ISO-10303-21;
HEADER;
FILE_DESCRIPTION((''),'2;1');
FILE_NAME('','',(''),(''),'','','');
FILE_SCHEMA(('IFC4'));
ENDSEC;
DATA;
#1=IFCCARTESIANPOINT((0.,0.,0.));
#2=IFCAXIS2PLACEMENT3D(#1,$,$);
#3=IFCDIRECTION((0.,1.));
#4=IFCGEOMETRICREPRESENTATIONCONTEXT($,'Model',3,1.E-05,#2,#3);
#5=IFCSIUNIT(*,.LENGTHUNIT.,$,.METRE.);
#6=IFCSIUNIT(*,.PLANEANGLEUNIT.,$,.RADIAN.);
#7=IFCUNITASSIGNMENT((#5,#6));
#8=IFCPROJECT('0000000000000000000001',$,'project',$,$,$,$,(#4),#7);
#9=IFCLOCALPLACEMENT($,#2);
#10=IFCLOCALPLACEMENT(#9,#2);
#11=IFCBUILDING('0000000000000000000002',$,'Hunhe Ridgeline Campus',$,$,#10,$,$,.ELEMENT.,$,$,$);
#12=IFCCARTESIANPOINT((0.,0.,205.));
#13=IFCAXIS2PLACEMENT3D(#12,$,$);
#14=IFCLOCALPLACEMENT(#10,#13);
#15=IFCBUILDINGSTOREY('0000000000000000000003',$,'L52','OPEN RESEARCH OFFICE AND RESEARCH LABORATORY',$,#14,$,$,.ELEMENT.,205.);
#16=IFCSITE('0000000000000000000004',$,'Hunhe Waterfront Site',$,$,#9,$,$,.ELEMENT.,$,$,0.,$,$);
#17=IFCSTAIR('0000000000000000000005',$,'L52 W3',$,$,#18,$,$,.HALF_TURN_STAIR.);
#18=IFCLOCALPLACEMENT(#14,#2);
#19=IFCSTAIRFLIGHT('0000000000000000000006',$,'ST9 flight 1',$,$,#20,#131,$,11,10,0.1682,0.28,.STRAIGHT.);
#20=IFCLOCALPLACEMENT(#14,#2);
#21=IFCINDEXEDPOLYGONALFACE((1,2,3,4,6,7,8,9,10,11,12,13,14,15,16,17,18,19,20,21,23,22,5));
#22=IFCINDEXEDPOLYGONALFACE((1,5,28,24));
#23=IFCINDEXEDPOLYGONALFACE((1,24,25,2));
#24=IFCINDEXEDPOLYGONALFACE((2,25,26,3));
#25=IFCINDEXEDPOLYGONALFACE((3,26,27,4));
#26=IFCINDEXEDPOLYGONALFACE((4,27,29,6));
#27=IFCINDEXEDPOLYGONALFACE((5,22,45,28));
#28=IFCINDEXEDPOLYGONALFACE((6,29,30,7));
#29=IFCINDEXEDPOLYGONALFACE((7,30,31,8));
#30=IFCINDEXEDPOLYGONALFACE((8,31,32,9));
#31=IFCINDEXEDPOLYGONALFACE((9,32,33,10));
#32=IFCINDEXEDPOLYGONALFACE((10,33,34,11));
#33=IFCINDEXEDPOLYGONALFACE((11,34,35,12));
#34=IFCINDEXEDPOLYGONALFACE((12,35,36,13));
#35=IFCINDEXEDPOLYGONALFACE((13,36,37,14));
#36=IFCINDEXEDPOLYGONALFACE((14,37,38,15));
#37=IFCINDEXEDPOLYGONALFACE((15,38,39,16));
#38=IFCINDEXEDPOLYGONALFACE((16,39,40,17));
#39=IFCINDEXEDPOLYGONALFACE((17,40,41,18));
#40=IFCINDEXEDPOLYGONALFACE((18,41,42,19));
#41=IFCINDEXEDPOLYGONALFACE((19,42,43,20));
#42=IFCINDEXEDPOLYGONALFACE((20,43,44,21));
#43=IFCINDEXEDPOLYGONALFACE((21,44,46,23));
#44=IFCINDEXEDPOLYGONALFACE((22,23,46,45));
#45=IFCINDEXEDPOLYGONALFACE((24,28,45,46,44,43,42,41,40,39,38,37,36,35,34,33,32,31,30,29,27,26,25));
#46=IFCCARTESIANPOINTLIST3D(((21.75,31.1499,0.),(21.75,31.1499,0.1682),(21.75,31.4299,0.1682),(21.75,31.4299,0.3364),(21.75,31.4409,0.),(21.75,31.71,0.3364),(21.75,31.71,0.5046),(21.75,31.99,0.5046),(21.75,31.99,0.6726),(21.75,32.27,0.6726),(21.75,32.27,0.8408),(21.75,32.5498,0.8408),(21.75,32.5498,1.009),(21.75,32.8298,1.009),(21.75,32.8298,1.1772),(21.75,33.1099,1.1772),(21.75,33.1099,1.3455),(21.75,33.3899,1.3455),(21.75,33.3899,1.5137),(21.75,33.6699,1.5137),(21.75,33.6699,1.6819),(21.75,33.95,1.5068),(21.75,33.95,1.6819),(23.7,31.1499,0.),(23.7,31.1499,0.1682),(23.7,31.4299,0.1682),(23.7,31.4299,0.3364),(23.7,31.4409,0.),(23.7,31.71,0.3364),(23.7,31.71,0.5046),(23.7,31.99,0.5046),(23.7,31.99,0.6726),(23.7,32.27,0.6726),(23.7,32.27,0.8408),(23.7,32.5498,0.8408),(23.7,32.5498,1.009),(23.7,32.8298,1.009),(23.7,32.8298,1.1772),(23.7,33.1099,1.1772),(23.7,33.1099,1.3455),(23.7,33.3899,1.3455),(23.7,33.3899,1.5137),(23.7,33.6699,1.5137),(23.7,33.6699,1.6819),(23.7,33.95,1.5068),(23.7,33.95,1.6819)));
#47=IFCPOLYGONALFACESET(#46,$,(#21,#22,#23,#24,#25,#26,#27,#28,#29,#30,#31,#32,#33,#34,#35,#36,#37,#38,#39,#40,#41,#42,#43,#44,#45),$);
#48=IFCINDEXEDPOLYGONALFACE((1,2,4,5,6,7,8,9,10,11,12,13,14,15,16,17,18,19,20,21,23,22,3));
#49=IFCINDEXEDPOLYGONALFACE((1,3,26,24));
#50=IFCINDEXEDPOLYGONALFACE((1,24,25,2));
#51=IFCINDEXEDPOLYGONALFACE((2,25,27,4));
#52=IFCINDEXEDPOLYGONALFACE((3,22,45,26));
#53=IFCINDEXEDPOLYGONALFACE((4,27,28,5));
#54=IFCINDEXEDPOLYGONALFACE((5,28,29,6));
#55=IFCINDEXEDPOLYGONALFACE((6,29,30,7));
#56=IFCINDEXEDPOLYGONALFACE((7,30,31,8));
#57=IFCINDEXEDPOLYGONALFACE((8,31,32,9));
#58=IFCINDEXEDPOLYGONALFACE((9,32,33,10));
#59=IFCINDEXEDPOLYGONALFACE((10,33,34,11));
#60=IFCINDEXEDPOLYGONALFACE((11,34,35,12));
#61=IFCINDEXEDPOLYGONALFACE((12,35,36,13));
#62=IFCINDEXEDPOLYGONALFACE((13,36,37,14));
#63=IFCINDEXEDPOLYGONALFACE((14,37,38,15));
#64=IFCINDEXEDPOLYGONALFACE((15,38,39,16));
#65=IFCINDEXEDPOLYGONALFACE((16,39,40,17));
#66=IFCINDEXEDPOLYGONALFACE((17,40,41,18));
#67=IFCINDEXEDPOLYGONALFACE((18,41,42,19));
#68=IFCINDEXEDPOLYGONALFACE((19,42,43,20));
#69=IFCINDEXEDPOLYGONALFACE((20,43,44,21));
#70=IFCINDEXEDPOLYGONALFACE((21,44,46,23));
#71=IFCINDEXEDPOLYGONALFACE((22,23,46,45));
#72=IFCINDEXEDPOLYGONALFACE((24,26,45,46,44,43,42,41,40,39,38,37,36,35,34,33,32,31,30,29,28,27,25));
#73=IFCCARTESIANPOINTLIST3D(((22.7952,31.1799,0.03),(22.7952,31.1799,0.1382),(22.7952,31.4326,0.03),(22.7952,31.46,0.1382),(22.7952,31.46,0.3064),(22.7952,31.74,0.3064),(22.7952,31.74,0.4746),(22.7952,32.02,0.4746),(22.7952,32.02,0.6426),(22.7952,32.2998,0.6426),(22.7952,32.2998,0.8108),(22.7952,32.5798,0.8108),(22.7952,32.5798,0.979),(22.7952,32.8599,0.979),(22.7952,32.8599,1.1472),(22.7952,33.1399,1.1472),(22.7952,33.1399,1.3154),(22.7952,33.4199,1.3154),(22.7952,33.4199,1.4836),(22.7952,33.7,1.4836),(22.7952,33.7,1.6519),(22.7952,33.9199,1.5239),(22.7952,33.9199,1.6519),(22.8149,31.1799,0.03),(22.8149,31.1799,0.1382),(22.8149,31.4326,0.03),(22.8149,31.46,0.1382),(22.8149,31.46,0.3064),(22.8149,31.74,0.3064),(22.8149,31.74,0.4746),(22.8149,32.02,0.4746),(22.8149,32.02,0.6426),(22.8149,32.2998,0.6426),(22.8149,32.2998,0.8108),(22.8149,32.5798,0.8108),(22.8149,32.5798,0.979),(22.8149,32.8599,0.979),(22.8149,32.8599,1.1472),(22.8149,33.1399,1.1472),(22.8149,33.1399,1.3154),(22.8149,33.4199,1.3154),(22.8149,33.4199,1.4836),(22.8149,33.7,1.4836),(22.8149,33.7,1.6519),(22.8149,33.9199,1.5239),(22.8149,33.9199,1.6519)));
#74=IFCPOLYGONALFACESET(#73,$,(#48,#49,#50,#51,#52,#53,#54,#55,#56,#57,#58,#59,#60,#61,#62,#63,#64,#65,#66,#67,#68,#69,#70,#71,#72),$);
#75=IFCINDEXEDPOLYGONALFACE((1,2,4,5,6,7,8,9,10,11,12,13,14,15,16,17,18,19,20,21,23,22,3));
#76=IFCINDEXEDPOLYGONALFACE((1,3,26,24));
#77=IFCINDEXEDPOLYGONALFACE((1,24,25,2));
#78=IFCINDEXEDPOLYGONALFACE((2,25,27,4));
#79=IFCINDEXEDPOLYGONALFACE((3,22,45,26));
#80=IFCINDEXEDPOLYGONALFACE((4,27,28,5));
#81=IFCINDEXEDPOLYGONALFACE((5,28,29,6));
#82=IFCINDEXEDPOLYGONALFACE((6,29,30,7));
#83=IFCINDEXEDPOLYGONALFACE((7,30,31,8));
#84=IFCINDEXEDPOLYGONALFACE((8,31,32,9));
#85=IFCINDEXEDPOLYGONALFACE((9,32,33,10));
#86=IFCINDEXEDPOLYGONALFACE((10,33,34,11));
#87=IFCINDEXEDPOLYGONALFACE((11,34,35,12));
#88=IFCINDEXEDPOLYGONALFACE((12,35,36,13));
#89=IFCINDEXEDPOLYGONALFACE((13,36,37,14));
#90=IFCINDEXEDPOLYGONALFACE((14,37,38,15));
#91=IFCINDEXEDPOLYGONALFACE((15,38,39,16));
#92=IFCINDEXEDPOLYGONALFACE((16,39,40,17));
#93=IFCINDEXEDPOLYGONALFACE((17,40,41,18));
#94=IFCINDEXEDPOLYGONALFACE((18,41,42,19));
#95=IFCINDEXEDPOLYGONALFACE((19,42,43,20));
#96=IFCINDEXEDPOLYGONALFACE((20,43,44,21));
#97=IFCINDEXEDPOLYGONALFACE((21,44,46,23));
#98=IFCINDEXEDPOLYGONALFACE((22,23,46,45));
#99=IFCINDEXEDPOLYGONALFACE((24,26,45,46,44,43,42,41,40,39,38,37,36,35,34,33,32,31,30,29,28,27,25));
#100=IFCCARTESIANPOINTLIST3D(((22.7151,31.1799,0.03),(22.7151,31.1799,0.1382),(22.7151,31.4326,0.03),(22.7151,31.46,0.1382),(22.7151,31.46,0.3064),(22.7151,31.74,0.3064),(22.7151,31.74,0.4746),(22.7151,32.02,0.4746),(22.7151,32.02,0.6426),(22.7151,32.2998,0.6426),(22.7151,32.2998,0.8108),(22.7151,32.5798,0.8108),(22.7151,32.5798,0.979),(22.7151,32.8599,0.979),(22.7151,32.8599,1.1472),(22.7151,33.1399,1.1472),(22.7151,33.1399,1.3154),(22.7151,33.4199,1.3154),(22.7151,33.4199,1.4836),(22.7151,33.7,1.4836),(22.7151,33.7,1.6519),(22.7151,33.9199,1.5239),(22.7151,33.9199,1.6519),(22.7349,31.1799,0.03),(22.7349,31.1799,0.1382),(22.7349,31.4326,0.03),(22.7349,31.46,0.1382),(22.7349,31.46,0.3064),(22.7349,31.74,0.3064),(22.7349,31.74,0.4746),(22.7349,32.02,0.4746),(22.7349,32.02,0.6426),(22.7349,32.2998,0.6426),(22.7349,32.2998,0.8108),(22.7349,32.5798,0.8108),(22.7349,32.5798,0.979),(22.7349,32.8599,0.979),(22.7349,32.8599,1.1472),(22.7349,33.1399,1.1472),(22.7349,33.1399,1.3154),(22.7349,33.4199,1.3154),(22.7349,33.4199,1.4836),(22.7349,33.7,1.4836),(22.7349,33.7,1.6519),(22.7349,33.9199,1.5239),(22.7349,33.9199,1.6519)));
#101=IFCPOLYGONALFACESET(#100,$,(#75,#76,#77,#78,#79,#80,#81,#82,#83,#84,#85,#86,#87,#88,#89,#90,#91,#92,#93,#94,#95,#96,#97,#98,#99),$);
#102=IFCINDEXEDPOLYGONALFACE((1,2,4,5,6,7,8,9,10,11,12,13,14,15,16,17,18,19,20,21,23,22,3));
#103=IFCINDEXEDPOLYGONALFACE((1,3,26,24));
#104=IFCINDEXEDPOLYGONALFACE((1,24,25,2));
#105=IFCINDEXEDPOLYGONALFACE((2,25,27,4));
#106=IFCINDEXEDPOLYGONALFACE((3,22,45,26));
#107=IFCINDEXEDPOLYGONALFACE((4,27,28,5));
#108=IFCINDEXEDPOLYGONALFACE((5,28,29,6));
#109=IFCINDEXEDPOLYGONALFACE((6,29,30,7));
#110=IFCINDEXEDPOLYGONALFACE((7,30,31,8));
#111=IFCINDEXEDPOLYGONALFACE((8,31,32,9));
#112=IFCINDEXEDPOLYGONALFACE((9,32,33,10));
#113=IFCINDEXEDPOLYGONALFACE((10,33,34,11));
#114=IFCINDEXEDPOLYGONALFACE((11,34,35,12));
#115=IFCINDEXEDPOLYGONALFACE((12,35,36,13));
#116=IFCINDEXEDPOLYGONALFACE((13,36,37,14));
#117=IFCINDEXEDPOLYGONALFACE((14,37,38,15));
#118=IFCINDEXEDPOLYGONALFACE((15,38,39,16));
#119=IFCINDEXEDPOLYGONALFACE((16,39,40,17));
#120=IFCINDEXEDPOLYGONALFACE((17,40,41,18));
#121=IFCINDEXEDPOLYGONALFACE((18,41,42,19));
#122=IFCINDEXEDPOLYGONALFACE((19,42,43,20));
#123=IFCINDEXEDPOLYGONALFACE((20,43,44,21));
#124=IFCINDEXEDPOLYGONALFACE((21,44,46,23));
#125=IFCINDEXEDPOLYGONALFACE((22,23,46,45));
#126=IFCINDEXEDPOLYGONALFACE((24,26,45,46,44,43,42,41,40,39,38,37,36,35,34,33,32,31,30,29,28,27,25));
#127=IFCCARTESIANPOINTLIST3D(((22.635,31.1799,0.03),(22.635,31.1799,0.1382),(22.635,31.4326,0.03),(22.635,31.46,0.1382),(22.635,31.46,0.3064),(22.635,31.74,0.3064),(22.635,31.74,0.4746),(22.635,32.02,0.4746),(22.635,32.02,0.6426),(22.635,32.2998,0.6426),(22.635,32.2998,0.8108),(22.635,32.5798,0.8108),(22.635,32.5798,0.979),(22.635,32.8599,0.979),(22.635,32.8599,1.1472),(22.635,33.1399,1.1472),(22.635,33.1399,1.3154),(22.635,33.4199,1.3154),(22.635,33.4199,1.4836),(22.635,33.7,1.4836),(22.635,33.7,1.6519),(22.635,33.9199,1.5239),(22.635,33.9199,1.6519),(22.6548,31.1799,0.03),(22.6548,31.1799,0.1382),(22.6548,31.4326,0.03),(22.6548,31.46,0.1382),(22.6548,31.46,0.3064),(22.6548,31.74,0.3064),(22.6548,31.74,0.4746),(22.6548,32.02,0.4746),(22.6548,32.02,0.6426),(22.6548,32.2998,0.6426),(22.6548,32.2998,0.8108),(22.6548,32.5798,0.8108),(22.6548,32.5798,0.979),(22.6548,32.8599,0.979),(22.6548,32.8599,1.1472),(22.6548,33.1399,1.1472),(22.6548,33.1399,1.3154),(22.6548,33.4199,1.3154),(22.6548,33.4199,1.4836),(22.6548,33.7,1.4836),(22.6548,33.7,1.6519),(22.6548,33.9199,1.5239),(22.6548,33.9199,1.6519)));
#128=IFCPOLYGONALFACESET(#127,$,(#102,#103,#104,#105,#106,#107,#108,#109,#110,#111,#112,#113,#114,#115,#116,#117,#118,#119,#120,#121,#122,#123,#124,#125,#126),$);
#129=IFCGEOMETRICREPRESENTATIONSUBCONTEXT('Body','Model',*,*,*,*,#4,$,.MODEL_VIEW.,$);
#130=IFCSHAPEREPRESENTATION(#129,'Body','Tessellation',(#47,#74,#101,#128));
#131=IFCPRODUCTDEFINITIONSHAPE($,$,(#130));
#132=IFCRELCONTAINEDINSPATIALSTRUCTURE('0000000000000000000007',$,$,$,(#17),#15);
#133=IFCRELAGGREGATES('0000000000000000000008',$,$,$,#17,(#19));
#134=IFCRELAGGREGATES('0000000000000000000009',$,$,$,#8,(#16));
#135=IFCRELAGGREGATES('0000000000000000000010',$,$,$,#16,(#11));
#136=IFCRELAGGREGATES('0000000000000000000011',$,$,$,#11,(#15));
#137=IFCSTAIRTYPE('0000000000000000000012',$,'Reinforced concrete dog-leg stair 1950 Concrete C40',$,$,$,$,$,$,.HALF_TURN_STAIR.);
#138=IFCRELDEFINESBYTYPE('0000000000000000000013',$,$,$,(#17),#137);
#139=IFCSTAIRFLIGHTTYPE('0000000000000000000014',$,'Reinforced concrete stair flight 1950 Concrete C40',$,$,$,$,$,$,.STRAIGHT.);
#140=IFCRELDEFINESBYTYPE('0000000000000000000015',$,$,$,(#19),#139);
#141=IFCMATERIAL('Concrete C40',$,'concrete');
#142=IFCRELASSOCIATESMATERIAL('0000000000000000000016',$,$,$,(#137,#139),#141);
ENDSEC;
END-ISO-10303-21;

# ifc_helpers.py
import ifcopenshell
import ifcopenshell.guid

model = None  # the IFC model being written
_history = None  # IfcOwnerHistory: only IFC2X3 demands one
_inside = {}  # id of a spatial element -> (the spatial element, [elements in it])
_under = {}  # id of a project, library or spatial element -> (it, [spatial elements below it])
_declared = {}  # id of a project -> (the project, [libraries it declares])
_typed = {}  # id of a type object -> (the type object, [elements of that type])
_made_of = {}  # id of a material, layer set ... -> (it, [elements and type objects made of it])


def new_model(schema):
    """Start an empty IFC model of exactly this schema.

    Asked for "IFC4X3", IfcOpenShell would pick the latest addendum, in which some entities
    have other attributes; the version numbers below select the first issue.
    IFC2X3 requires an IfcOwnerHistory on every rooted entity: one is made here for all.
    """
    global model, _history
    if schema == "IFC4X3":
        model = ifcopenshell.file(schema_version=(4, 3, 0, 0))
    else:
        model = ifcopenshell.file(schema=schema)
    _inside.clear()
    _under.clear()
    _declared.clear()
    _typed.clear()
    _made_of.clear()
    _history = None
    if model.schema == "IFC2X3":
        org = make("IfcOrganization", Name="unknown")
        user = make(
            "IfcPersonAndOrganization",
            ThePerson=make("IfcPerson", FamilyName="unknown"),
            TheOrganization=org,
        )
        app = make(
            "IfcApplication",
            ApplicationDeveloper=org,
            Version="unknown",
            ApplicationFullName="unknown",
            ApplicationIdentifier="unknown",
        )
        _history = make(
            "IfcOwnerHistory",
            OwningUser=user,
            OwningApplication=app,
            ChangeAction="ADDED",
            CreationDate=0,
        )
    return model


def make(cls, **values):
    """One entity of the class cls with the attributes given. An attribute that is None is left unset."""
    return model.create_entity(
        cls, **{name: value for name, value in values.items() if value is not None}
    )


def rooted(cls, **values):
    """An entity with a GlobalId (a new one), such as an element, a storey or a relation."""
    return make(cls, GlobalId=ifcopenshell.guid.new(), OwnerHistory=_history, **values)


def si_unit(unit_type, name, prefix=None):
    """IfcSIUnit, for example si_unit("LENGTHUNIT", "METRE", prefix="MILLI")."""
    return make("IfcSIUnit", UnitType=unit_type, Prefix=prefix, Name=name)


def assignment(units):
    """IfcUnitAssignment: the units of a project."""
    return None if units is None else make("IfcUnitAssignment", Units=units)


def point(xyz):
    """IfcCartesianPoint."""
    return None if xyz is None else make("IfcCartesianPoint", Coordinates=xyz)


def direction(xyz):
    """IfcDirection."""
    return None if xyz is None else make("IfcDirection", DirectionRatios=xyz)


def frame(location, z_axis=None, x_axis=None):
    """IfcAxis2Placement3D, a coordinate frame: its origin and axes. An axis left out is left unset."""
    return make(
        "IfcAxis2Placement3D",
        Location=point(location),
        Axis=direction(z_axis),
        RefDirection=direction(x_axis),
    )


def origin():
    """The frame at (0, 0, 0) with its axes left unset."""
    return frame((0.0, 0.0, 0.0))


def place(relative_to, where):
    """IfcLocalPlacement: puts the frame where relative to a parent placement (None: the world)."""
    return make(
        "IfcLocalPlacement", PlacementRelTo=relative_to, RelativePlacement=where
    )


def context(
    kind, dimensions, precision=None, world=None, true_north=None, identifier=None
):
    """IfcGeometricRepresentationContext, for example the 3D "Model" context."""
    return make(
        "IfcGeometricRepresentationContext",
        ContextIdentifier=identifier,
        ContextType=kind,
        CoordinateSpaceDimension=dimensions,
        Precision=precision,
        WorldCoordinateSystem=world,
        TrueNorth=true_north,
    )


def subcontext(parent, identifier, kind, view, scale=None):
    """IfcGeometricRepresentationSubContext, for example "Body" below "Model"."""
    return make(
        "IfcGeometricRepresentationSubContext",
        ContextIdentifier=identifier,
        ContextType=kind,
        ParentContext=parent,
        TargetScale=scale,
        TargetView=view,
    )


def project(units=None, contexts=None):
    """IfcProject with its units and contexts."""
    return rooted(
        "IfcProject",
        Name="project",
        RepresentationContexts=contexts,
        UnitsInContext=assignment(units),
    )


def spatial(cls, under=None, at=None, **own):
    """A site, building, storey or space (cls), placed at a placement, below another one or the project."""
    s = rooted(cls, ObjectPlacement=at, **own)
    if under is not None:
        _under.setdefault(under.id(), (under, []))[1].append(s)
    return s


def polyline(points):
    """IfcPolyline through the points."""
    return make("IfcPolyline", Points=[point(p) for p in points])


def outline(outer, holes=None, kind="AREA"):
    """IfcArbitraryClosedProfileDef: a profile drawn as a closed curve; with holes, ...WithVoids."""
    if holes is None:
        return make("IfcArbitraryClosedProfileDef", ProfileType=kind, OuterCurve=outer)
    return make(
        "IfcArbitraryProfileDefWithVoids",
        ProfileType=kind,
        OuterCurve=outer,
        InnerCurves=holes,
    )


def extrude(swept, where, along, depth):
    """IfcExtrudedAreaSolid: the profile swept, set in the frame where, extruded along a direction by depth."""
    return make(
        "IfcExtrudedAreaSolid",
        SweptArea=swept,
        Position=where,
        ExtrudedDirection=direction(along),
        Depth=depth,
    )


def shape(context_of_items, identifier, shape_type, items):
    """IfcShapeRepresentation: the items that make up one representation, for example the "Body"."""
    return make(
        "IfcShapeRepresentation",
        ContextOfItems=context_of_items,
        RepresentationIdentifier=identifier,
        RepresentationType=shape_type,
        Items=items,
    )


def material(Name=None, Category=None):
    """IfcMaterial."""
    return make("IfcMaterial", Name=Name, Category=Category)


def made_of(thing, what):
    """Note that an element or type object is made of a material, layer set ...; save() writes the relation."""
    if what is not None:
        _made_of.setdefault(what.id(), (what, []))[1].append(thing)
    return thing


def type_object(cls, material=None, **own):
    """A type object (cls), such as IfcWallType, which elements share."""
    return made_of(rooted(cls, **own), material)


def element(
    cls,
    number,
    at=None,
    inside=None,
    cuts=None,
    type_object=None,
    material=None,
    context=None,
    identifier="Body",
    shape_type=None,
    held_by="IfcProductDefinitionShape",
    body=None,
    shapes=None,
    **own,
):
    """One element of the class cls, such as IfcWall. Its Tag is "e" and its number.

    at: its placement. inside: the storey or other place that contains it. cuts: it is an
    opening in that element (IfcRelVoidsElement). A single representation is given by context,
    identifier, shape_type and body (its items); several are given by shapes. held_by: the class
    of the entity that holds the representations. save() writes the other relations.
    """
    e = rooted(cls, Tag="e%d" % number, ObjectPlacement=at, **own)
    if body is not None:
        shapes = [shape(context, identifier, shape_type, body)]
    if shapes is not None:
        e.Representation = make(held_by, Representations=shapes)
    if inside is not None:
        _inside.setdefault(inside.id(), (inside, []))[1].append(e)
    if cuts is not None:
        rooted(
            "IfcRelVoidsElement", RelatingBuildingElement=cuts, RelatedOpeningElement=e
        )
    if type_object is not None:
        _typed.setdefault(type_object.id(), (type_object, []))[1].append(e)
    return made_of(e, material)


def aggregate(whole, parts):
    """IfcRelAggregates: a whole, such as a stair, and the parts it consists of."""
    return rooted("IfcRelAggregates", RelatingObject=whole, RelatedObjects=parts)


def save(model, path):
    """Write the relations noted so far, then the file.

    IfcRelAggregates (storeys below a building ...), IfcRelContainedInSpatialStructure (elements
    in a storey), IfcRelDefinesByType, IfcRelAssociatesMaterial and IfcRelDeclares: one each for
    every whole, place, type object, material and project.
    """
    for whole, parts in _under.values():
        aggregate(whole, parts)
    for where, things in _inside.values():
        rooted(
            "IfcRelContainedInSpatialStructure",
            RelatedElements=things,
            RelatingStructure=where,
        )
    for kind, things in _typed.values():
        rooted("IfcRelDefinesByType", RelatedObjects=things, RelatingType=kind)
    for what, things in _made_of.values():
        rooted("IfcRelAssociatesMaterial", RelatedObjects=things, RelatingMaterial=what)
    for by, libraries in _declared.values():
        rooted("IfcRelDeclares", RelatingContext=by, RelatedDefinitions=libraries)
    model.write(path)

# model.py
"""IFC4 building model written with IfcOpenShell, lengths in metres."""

from ifc_helpers import new_model, si_unit, direction, frame, origin, place, context, subcontext, project, spatial, polyline, outline, extrude, material, type_object, element, aggregate, save


model = new_model("IFC4")

# Units and contexts
model_context = context("Model", 3, precision=1e-05, world=origin(), true_north=direction((0.0, 1.0)))
body_context = subcontext(model_context, "Body", "Model", "MODEL_VIEW")
ifc_project = project(units=[si_unit("LENGTHUNIT", "METRE"), si_unit("PLANEANGLEUNIT", "RADIAN")], contexts=[model_context])

# Site, building, storey
site_placement = place(None, origin())
site = spatial("IfcSite", under=ifc_project, at=site_placement, Name="Hunhe Waterfront Site", CompositionType="ELEMENT", RefElevation=0.0)
building_placement = place(site_placement, origin())
building = spatial("IfcBuilding", under=site, at=building_placement, Name="Hunhe Ridgeline Campus", CompositionType="ELEMENT")
storey_placement = place(building_placement, frame((0.0, 0.0, 205.0)))
storey = spatial("IfcBuildingStorey", under=building, at=storey_placement, Name="L52", Description="OPEN RESEARCH OFFICE AND RESEARCH LABORATORY", CompositionType="ELEMENT", Elevation=205.0)

# Stair, stair flight
ifc_material_1 = material(Name="Concrete C40", Category="concrete")
stair_type = type_object("IfcStairType", Name="Reinforced concrete dog-leg stair 1950 Concrete C40", PredefinedType="HALF_TURN_STAIR", material=ifc_material_1)
stair_placement = place(storey_placement, origin())
stair = element("IfcStair", 1, at=stair_placement, inside=storey, type_object=stair_type, Name="L52 W3", PredefinedType="HALF_TURN_STAIR")
stair_flight_type = type_object("IfcStairFlightType", Name="Reinforced concrete stair flight 1950 Concrete C40", PredefinedType="STRAIGHT", material=ifc_material_1)
stair_flight_1_placement = place(storey_placement, frame((22.7251, 31.1499, 0.0), z_axis=(0.0, 0.0, 1.0), x_axis=(0.0, 1.0, 0.0)))
stair_flight_1 = element("IfcStairFlight", 2, at=stair_flight_1_placement, type_object=stair_flight_type, Name="ST9 flight 1", NumberOfRisers=11, NumberOfTreads=10, PredefinedType="STRAIGHT", RiserHeight=0.1682, TreadLength=0.28, context=body_context, shape_type="SweptSolid", body=[
    extrude(outline(polyline([(0.0, 0.0), (0.0, 0.1682), (0.28, 0.1682), (0.28, 0.3364), (0.5601, 0.3364), (0.5601, 0.5046), (0.8401, 0.5046), (0.8401, 0.6726), (1.1201, 0.6726), (1.1201, 0.8408), (1.3999, 0.8408), (1.3999, 1.009), (1.6799, 1.009), (1.6799, 1.1772), (1.96, 1.1772), (1.96, 1.3455), (2.24, 1.3455), (2.24, 1.5137), (2.52, 1.5137), (2.52, 1.6819), (2.8, 1.6819), (2.8, 1.8501), (2.8, 1.5068), (0.291, 0.0), (0.0, 0.0)])), frame((0.0, 0.9751, 0.0), z_axis=(0.0, -1.0, 0.0), x_axis=(1.0, 0.0, 0.0)), (0.0, 0.0, 1.0), 1.95),
    extrude(outline(polyline([(0.03, 0.03), (0.03, 0.1382), (0.3101, 0.1382), (0.3101, 0.3064), (0.5901, 0.3064), (0.5901, 0.4746), (0.8701, 0.4746), (0.8701, 0.6426), (1.1499, 0.6426), (1.1499, 0.8108), (1.4299, 0.8108), (1.4299, 0.979), (1.71, 0.979), (1.71, 1.1472), (1.99, 1.1472), (1.99, 1.3154), (2.27, 1.3154), (2.27, 1.4836), (2.55, 1.4836), (2.55, 1.6519), (2.77, 1.6519), (2.77, 1.5239), (0.2827, 0.03), (0.03, 0.03)])), frame((0.0, -0.0701, 0.0), z_axis=(0.0, -1.0, 0.0), x_axis=(1.0, 0.0, 0.0)), (0.0, 0.0, 1.0), 0.0198),
    extrude(outline(polyline([(0.03, 0.03), (0.03, 0.1382), (0.3101, 0.1382), (0.3101, 0.3064), (0.5901, 0.3064), (0.5901, 0.4746), (0.8701, 0.4746), (0.8701, 0.6426), (1.1499, 0.6426), (1.1499, 0.8108), (1.4299, 0.8108), (1.4299, 0.979), (1.71, 0.979), (1.71, 1.1472), (1.99, 1.1472), (1.99, 1.3154), (2.27, 1.3154), (2.27, 1.4836), (2.55, 1.4836), (2.55, 1.6519), (2.77, 1.6519), (2.77, 1.5239), (0.2827, 0.03), (0.03, 0.03)])), frame((0.0, 0.01, 0.0), z_axis=(0.0, -1.0, 0.0), x_axis=(1.0, 0.0, 0.0)), (0.0, 0.0, 1.0), 0.0198),
    extrude(outline(polyline([(0.03, 0.03), (0.03, 0.1382), (0.3101, 0.1382), (0.3101, 0.3064), (0.5901, 0.3064), (0.5901, 0.4746), (0.8701, 0.4746), (0.8701, 0.6426), (1.1499, 0.6426), (1.1499, 0.8108), (1.4299, 0.8108), (1.4299, 0.979), (1.71, 0.979), (1.71, 1.1472), (1.99, 1.1472), (1.99, 1.3154), (2.27, 1.3154), (2.27, 1.4836), (2.55, 1.4836), (2.55, 1.6519), (2.77, 1.6519), (2.77, 1.5239), (0.2827, 0.03), (0.03, 0.03)])), frame((0.0, 0.0901, 0.0), z_axis=(0.0, -1.0, 0.0), x_axis=(1.0, 0.0, 0.0)), (0.0, 0.0, 1.0), 0.0198),
])
aggregate(stair, [stair_flight_1])

save(model, "model.ifc")
